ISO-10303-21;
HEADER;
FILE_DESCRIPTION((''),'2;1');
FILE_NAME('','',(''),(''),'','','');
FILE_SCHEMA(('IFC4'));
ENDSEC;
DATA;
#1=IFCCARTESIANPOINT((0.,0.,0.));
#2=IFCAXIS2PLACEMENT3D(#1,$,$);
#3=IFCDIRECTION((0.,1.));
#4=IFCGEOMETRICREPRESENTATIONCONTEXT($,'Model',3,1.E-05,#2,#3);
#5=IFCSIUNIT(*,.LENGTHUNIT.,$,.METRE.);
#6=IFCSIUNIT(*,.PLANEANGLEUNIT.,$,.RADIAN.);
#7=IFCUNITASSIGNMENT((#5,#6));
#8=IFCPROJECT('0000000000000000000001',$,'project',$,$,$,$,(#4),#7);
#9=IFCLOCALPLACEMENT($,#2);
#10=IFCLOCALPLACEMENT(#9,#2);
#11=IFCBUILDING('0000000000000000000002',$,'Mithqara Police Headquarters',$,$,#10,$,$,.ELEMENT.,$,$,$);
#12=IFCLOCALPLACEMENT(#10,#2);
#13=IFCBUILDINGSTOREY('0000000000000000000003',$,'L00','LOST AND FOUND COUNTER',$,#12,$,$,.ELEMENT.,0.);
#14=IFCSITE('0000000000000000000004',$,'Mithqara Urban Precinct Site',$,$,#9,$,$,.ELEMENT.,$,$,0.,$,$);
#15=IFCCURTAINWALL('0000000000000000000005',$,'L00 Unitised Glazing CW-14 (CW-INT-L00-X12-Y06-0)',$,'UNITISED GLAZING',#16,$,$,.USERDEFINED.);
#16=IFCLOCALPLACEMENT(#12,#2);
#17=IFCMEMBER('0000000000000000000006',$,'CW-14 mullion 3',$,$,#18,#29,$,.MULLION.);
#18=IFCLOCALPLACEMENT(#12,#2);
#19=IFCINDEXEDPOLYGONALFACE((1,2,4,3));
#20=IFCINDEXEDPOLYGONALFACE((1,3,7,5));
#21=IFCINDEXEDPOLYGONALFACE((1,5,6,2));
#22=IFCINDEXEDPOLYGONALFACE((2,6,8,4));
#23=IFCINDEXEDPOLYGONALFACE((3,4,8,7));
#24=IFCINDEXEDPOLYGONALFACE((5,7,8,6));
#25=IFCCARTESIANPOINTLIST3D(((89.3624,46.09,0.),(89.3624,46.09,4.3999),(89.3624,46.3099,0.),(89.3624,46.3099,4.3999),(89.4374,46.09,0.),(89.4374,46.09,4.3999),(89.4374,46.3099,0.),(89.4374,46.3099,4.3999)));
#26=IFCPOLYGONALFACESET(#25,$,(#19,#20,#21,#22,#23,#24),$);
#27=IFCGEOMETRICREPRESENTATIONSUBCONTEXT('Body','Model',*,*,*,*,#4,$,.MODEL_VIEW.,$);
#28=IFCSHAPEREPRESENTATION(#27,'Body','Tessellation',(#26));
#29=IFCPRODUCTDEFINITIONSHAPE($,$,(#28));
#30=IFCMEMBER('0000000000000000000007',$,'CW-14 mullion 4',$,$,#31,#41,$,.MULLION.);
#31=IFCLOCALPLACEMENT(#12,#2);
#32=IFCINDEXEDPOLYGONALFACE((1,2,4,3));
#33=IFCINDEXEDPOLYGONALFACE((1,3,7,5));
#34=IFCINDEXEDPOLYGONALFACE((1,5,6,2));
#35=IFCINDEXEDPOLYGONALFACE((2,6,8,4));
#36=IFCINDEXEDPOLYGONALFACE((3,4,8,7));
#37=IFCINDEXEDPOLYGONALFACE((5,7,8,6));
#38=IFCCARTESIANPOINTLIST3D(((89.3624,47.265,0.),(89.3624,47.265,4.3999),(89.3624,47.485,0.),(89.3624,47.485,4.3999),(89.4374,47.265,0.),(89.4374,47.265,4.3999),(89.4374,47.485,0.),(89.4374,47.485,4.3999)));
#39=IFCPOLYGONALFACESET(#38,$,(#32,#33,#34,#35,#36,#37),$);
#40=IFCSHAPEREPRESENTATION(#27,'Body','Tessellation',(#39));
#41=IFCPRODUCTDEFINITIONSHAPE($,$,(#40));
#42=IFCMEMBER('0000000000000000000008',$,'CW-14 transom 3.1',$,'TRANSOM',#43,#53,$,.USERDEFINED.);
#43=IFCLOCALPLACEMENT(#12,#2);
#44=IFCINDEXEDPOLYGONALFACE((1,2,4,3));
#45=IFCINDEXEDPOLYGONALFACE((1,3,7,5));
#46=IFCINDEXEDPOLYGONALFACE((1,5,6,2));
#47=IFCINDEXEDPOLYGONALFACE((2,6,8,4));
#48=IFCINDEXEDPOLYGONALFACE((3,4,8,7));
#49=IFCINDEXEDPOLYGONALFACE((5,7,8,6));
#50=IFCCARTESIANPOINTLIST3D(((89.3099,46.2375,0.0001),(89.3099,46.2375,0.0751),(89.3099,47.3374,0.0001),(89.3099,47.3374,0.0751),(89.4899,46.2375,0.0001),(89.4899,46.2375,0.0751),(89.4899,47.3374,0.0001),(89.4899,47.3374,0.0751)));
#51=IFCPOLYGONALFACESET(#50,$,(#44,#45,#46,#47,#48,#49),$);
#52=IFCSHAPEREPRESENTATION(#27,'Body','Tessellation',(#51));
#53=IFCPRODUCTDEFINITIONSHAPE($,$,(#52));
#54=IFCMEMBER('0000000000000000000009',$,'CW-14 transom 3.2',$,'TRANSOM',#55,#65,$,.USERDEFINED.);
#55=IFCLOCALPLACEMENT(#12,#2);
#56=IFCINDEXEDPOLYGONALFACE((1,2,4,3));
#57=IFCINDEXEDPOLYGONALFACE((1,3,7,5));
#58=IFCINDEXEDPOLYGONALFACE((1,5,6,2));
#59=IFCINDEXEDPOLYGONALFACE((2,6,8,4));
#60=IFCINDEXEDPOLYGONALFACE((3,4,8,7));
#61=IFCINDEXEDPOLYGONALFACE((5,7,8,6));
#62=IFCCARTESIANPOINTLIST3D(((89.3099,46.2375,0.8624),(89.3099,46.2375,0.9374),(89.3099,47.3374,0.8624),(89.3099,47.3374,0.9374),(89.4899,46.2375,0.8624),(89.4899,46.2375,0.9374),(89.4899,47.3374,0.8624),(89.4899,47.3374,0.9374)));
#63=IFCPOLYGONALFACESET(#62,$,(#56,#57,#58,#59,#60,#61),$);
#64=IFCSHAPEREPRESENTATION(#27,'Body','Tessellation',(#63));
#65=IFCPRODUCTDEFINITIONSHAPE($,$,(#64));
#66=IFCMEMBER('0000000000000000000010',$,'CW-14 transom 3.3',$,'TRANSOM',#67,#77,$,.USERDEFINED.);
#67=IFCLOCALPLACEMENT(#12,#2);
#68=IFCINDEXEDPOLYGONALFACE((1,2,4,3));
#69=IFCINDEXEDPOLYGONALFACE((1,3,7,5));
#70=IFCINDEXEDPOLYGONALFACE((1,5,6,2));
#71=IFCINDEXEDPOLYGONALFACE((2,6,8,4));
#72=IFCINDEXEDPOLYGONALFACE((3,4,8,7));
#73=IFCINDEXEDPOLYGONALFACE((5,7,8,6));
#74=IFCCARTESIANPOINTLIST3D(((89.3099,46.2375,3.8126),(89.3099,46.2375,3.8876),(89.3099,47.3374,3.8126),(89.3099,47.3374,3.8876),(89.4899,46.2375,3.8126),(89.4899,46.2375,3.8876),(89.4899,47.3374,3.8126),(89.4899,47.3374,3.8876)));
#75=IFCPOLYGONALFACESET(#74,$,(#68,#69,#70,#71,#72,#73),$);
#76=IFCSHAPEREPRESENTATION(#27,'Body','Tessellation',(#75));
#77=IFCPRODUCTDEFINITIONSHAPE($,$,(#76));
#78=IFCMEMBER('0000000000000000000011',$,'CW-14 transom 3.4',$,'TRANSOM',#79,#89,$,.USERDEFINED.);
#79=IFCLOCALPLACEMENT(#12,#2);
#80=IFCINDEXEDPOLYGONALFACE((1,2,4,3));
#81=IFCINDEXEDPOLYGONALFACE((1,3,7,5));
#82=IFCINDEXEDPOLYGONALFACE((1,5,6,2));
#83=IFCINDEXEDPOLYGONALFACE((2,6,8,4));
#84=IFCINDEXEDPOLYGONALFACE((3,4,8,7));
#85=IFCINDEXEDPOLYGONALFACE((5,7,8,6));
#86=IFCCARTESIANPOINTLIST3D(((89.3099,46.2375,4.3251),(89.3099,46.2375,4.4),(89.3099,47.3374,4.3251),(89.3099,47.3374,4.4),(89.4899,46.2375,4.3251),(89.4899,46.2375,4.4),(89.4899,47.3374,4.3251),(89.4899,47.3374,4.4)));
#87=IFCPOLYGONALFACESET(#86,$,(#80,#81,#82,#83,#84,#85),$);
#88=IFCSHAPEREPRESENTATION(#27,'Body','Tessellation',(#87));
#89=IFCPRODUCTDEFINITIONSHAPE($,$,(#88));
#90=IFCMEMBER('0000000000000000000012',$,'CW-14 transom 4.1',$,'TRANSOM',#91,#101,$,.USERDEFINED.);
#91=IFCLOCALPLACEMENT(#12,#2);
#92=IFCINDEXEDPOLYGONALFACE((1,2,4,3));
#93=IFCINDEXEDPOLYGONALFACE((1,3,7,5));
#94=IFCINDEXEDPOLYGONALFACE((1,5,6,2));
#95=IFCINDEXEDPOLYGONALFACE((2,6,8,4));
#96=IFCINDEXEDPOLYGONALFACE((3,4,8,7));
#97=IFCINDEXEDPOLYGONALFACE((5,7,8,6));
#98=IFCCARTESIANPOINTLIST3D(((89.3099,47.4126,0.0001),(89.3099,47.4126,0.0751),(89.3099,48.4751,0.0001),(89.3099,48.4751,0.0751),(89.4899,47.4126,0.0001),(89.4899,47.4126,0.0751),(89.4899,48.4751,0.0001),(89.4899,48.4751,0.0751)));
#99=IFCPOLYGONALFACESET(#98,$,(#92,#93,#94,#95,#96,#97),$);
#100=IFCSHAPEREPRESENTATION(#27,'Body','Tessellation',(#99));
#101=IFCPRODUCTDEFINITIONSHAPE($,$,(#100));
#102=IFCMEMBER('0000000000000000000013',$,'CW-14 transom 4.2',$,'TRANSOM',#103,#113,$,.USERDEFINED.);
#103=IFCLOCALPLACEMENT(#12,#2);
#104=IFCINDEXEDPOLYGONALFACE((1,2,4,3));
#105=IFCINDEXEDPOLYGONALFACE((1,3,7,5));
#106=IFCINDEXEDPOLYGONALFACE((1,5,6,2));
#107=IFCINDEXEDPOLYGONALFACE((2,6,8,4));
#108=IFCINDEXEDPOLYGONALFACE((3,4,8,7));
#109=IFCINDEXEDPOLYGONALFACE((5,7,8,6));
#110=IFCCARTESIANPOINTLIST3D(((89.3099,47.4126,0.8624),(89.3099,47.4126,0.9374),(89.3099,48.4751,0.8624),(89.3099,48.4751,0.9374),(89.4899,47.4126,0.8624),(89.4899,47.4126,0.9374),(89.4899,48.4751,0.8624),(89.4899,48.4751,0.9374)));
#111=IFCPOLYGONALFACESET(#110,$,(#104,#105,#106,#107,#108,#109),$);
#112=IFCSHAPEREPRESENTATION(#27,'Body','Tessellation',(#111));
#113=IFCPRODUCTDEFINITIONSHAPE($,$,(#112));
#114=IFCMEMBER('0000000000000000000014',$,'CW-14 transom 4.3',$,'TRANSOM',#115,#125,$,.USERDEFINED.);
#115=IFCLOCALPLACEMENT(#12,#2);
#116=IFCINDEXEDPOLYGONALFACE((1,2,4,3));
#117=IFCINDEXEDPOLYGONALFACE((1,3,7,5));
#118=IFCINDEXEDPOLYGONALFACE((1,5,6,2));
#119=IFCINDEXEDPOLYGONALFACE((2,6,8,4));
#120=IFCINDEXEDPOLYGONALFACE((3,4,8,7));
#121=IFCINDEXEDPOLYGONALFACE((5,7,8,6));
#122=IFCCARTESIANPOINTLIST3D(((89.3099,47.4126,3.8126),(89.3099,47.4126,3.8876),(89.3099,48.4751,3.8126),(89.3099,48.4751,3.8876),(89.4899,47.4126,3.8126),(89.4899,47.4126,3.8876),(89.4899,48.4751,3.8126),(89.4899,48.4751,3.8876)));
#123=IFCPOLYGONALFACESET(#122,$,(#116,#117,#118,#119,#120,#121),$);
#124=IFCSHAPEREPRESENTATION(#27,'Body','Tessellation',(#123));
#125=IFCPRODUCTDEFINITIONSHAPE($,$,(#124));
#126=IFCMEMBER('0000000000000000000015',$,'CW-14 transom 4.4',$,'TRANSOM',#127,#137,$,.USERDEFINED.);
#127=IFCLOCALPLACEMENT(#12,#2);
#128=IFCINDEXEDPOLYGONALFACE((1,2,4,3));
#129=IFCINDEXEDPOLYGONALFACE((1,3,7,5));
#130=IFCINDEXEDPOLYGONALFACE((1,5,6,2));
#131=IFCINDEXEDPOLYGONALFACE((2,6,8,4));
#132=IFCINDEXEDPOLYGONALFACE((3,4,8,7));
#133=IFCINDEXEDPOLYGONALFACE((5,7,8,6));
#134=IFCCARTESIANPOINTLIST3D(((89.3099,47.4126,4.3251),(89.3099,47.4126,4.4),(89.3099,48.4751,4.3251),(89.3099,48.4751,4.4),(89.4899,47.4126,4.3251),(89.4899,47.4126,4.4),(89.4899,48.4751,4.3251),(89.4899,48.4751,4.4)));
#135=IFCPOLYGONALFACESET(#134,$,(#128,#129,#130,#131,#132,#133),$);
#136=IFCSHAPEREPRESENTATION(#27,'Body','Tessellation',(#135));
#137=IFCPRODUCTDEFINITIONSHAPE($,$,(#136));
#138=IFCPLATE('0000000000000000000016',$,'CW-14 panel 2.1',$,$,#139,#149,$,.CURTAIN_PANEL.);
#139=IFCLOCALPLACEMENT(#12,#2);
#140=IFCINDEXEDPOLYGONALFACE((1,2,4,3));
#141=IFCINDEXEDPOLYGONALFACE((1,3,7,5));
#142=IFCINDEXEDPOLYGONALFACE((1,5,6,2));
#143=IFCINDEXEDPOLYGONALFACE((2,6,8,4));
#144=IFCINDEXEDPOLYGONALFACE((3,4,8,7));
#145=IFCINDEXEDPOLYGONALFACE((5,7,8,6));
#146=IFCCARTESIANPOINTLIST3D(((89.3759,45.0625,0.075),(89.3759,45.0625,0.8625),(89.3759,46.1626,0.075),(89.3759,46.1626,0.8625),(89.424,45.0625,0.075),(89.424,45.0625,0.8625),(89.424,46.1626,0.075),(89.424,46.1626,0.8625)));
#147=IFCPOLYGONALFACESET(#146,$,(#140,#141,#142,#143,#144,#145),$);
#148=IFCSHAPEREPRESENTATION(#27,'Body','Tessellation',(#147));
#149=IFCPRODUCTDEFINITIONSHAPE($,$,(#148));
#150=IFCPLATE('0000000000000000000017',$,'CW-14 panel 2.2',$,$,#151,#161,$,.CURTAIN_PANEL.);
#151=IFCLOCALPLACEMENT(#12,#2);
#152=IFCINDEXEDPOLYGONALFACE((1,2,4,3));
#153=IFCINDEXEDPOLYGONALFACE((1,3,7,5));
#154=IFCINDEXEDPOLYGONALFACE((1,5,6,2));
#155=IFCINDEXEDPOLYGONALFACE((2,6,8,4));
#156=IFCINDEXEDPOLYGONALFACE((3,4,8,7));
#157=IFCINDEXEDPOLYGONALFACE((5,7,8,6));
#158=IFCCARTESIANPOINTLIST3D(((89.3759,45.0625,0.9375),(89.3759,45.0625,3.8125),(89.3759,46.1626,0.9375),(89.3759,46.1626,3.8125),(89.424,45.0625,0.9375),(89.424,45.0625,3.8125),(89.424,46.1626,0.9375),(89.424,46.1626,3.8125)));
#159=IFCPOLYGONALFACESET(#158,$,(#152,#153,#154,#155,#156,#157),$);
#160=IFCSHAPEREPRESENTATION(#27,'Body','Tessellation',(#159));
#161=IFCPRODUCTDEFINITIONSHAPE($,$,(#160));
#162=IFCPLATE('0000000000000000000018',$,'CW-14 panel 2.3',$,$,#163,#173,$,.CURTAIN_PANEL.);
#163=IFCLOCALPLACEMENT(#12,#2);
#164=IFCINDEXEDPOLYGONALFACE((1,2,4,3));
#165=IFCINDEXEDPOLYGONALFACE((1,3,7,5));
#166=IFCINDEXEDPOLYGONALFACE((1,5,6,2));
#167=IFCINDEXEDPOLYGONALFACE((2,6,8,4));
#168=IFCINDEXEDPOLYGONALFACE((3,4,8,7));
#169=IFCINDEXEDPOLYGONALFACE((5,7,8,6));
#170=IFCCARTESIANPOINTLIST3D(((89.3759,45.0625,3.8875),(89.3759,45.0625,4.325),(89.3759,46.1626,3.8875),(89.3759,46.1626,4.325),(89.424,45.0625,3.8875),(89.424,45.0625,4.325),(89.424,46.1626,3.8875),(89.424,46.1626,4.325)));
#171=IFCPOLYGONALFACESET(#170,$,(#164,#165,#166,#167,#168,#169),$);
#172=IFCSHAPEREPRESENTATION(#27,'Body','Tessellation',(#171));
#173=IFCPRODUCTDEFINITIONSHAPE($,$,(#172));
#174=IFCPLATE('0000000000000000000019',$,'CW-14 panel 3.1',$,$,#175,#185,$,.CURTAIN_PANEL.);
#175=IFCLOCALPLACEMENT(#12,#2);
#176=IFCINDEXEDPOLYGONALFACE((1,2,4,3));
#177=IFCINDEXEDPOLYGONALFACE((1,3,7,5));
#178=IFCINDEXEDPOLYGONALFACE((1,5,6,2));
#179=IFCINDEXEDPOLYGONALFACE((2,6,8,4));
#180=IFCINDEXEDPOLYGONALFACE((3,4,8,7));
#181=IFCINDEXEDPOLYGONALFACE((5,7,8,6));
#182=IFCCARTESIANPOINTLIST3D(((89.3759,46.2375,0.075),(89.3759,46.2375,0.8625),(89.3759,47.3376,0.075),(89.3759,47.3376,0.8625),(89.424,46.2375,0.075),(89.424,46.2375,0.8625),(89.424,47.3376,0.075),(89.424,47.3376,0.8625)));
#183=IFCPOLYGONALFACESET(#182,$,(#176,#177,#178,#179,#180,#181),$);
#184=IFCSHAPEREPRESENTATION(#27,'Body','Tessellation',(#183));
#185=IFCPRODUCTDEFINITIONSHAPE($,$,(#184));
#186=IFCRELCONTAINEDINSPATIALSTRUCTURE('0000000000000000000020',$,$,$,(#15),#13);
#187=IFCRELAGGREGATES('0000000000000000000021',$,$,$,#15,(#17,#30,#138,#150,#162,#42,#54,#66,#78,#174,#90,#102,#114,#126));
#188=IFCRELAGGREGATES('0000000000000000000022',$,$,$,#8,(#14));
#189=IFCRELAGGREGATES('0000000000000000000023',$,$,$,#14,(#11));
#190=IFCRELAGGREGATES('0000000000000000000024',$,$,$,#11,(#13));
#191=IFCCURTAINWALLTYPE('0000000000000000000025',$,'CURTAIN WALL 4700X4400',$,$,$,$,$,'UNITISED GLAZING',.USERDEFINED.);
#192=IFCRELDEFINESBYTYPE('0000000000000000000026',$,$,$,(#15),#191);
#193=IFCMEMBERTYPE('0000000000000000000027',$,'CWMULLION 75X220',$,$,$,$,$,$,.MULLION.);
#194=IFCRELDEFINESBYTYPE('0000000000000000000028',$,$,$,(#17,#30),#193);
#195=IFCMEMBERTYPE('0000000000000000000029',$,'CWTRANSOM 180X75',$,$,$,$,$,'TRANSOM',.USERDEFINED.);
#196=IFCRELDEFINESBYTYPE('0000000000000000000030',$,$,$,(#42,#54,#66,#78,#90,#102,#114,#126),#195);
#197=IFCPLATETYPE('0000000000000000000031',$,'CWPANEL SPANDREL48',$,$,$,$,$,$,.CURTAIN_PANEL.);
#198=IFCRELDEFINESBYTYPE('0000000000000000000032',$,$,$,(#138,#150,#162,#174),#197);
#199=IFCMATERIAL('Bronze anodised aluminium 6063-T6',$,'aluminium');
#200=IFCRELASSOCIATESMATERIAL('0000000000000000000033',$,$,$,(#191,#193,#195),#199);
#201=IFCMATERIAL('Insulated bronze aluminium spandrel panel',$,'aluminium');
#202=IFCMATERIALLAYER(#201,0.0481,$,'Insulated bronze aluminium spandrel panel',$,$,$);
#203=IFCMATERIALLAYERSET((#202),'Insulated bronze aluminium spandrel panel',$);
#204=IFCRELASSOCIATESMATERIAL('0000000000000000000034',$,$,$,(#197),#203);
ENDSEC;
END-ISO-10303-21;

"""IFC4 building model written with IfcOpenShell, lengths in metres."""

from ifc_helpers import new_model, si_unit, direction, frame, origin, origin_2d, place, context, subcontext, project, spatial, rectangle, extrude, material, layer, layer_set, material_profile, profile_set, type_object, element, aggregate, save


model = new_model("IFC4")

# Units and contexts
model_context = context("Model", 3, precision=1e-05, world=origin(), true_north=direction((0.0, 1.0)))
body_context = subcontext(model_context, "Body", "Model", "MODEL_VIEW")
ifc_project = project(units=[si_unit("LENGTHUNIT", "METRE"), si_unit("PLANEANGLEUNIT", "RADIAN")], contexts=[model_context])

# Site, building, storey
site_placement = place(None, origin())
site = spatial("IfcSite", under=ifc_project, at=site_placement, Name="Mithqara Urban Precinct Site", CompositionType="ELEMENT", RefElevation=0.0)
building_placement = place(site_placement, origin())
building = spatial("IfcBuilding", under=site, at=building_placement, Name="Mithqara Police Headquarters", CompositionType="ELEMENT")
storey_placement = place(building_placement, origin())
storey = spatial("IfcBuildingStorey", under=building, at=storey_placement, Name="L00", Description="LOST AND FOUND COUNTER", CompositionType="ELEMENT", Elevation=0.0)

# Curtain wall, members, plates
ifc_material_1 = material(Name="Bronze anodised aluminium 6063-T6", Category="aluminium")
curtain_wall_type = type_object("IfcCurtainWallType", Name="CURTAIN WALL 4700X4400", ElementType="UNITISED GLAZING", PredefinedType="USERDEFINED", material=ifc_material_1)
curtain_wall_placement = place(storey_placement, origin())
curtain_wall = element("IfcCurtainWall", 1, at=curtain_wall_placement, inside=storey, type_object=curtain_wall_type, Name="L00 Unitised Glazing CW-14 (CW-INT-L00-X12-Y06-0)", ObjectType="UNITISED GLAZING", PredefinedType="USERDEFINED")
ifc_material_profile_1 = material_profile(ifc_material_1, rectangle(XDim=0.075, YDim=0.22, at=origin_2d()), Name="CWM 75x220")
ifc_profile_set_1 = profile_set([ifc_material_profile_1], Name="Bronze anodised aluminium 6063-T6")
member_type_1 = type_object("IfcMemberType", Name="CWMULLION 75X220", PredefinedType="MULLION", material=ifc_profile_set_1)
member_1_placement = place(storey_placement, frame((89.3999, 46.2, 0.0), z_axis=(0.0, 0.0, 1.0), x_axis=(-1.0, 0.0, 0.0)))
member_1 = element("IfcMember", 2, at=member_1_placement, type_object=member_type_1, Name="CW-14 mullion 3", PredefinedType="MULLION", context=body_context, shape_type="SweptSolid", body=[
    extrude(rectangle(XDim=0.075, YDim=0.22, at=origin_2d()), origin(), (0.0, 0.0, 1.0), 4.3999),
])
member_2_placement = place(storey_placement, frame((89.3999, 47.375, 0.0), z_axis=(0.0, 0.0, 1.0), x_axis=(-1.0, 0.0, 0.0)))
member_2 = element("IfcMember", 3, at=member_2_placement, type_object=member_type_1, Name="CW-14 mullion 4", PredefinedType="MULLION", context=body_context, shape_type="SweptSolid", body=[
    extrude(rectangle(XDim=0.075, YDim=0.22, at=origin_2d()), origin(), (0.0, 0.0, 1.0), 4.3999),
])
ifc_material_profile_2 = material_profile(ifc_material_1, rectangle(XDim=0.1799, YDim=0.075, at=origin_2d()), Name="CWT 180x75")
ifc_profile_set_2 = profile_set([ifc_material_profile_2], Name="Bronze anodised aluminium 6063-T6")
member_type_2 = type_object("IfcMemberType", Name="CWTRANSOM 180X75", ElementType="TRANSOM", PredefinedType="USERDEFINED", material=ifc_profile_set_2)
member_3_placement = place(storey_placement, frame((89.3999, 46.2375, 0.0376), z_axis=(0.0, 1.0, 0.0), x_axis=(-1.0, 0.0, 0.0)))
member_3 = element("IfcMember", 4, at=member_3_placement, type_object=member_type_2, Name="CW-14 transom 3.1", ObjectType="TRANSOM", PredefinedType="USERDEFINED", context=body_context, shape_type="SweptSolid", body=[
    extrude(rectangle(XDim=0.1799, YDim=0.075, at=origin_2d()), origin(), (0.0, 0.0, 1.0), 1.0999),
])
member_4_placement = place(storey_placement, frame((89.3999, 46.2375, 0.8999), z_axis=(0.0, 1.0, 0.0), x_axis=(-1.0, 0.0, 0.0)))
member_4 = element("IfcMember", 5, at=member_4_placement, type_object=member_type_2, Name="CW-14 transom 3.2", ObjectType="TRANSOM", PredefinedType="USERDEFINED", context=body_context, shape_type="SweptSolid", body=[
    extrude(rectangle(XDim=0.1799, YDim=0.075, at=origin_2d()), origin(), (0.0, 0.0, 1.0), 1.0999),
])
member_5_placement = place(storey_placement, frame((89.3999, 46.2375, 3.8501), z_axis=(0.0, 1.0, 0.0), x_axis=(-1.0, 0.0, 0.0)))
member_5 = element("IfcMember", 6, at=member_5_placement, type_object=member_type_2, Name="CW-14 transom 3.3", ObjectType="TRANSOM", PredefinedType="USERDEFINED", context=body_context, shape_type="SweptSolid", body=[
    extrude(rectangle(XDim=0.1799, YDim=0.075, at=origin_2d()), origin(), (0.0, 0.0, 1.0), 1.0999),
])
member_6_placement = place(storey_placement, frame((89.3999, 46.2375, 4.3625), z_axis=(0.0, 1.0, 0.0), x_axis=(-1.0, 0.0, 0.0)))
member_6 = element("IfcMember", 7, at=member_6_placement, type_object=member_type_2, Name="CW-14 transom 3.4", ObjectType="TRANSOM", PredefinedType="USERDEFINED", context=body_context, shape_type="SweptSolid", body=[
    extrude(rectangle(XDim=0.1799, YDim=0.075, at=origin_2d()), origin(), (0.0, 0.0, 1.0), 1.0999),
])
member_7_placement = place(storey_placement, frame((89.3999, 47.4126, 0.0376), z_axis=(0.0, 1.0, 0.0), x_axis=(-1.0, 0.0, 0.0)))
member_7 = element("IfcMember", 8, at=member_7_placement, type_object=member_type_2, Name="CW-14 transom 4.1", ObjectType="TRANSOM", PredefinedType="USERDEFINED", context=body_context, shape_type="SweptSolid", body=[
    extrude(rectangle(XDim=0.1799, YDim=0.075, at=origin_2d()), origin(), (0.0, 0.0, 1.0), 1.0625),
])
member_8_placement = place(storey_placement, frame((89.3999, 47.4126, 0.8999), z_axis=(0.0, 1.0, 0.0), x_axis=(-1.0, 0.0, 0.0)))
member_8 = element("IfcMember", 9, at=member_8_placement, type_object=member_type_2, Name="CW-14 transom 4.2", ObjectType="TRANSOM", PredefinedType="USERDEFINED", context=body_context, shape_type="SweptSolid", body=[
    extrude(rectangle(XDim=0.1799, YDim=0.075, at=origin_2d()), origin(), (0.0, 0.0, 1.0), 1.0625),
])
member_9_placement = place(storey_placement, frame((89.3999, 47.4126, 3.8501), z_axis=(0.0, 1.0, 0.0), x_axis=(-1.0, 0.0, 0.0)))
member_9 = element("IfcMember", 10, at=member_9_placement, type_object=member_type_2, Name="CW-14 transom 4.3", ObjectType="TRANSOM", PredefinedType="USERDEFINED", context=body_context, shape_type="SweptSolid", body=[
    extrude(rectangle(XDim=0.1799, YDim=0.075, at=origin_2d()), origin(), (0.0, 0.0, 1.0), 1.0625),
])
member_10_placement = place(storey_placement, frame((89.3999, 47.4126, 4.3625), z_axis=(0.0, 1.0, 0.0), x_axis=(-1.0, 0.0, 0.0)))
member_10 = element("IfcMember", 11, at=member_10_placement, type_object=member_type_2, Name="CW-14 transom 4.4", ObjectType="TRANSOM", PredefinedType="USERDEFINED", context=body_context, shape_type="SweptSolid", body=[
    extrude(rectangle(XDim=0.1799, YDim=0.075, at=origin_2d()), origin(), (0.0, 0.0, 1.0), 1.0625),
])
ifc_material_2 = material(Name="Insulated bronze aluminium spandrel panel", Category="aluminium")
ifc_layer = layer(ifc_material_2, 0.0481, Name="Insulated bronze aluminium spandrel panel")
ifc_layer_set = layer_set([ifc_layer], Name="Insulated bronze aluminium spandrel panel")
plate_type = type_object("IfcPlateType", Name="CWPANEL SPANDREL48", PredefinedType="CURTAIN_PANEL", material=ifc_layer_set)
plate_1_placement = place(storey_placement, frame((89.3999, 45.6125, 0.075), z_axis=(0.0, 0.0, 1.0), x_axis=(0.0, 1.0, 0.0)))
plate_1 = element("IfcPlate", 12, at=plate_1_placement, type_object=plate_type, Name="CW-14 panel 2.1", PredefinedType="CURTAIN_PANEL", context=body_context, shape_type="SweptSolid", body=[
    extrude(rectangle(XDim=1.1001, YDim=0.0481, at=origin_2d()), origin(), (0.0, 0.0, 1.0), 0.7876),
])
plate_2_placement = place(storey_placement, frame((89.3999, 45.6125, 0.9375), z_axis=(0.0, 0.0, 1.0), x_axis=(0.0, 1.0, 0.0)))
plate_2 = element("IfcPlate", 13, at=plate_2_placement, type_object=plate_type, Name="CW-14 panel 2.2", PredefinedType="CURTAIN_PANEL", context=body_context, shape_type="SweptSolid", body=[
    extrude(rectangle(XDim=1.1001, YDim=0.0481, at=origin_2d()), origin(), (0.0, 0.0, 1.0), 2.875),
])
plate_3_placement = place(storey_placement, frame((89.3999, 45.6125, 3.8875), z_axis=(0.0, 0.0, 1.0), x_axis=(0.0, 1.0, 0.0)))
plate_3 = element("IfcPlate", 14, at=plate_3_placement, type_object=plate_type, Name="CW-14 panel 2.3", PredefinedType="CURTAIN_PANEL", context=body_context, shape_type="SweptSolid", body=[
    extrude(rectangle(XDim=1.1001, YDim=0.0481, at=origin_2d()), origin(), (0.0, 0.0, 1.0), 0.4375),
])
plate_4_placement = place(storey_placement, frame((89.3999, 46.7876, 0.075), z_axis=(0.0, 0.0, 1.0), x_axis=(0.0, 1.0, 0.0)))
plate_4 = element("IfcPlate", 15, at=plate_4_placement, type_object=plate_type, Name="CW-14 panel 3.1", PredefinedType="CURTAIN_PANEL", context=body_context, shape_type="SweptSolid", body=[
    extrude(rectangle(XDim=1.1001, YDim=0.0481, at=origin_2d()), origin(), (0.0, 0.0, 1.0), 0.7876),
])
aggregate(curtain_wall, [member_1, member_2, plate_1, plate_2, plate_3, member_3, member_4, member_5, member_6, plate_4, member_7, member_8, member_9, member_10])

save(model, "model.ifc")
